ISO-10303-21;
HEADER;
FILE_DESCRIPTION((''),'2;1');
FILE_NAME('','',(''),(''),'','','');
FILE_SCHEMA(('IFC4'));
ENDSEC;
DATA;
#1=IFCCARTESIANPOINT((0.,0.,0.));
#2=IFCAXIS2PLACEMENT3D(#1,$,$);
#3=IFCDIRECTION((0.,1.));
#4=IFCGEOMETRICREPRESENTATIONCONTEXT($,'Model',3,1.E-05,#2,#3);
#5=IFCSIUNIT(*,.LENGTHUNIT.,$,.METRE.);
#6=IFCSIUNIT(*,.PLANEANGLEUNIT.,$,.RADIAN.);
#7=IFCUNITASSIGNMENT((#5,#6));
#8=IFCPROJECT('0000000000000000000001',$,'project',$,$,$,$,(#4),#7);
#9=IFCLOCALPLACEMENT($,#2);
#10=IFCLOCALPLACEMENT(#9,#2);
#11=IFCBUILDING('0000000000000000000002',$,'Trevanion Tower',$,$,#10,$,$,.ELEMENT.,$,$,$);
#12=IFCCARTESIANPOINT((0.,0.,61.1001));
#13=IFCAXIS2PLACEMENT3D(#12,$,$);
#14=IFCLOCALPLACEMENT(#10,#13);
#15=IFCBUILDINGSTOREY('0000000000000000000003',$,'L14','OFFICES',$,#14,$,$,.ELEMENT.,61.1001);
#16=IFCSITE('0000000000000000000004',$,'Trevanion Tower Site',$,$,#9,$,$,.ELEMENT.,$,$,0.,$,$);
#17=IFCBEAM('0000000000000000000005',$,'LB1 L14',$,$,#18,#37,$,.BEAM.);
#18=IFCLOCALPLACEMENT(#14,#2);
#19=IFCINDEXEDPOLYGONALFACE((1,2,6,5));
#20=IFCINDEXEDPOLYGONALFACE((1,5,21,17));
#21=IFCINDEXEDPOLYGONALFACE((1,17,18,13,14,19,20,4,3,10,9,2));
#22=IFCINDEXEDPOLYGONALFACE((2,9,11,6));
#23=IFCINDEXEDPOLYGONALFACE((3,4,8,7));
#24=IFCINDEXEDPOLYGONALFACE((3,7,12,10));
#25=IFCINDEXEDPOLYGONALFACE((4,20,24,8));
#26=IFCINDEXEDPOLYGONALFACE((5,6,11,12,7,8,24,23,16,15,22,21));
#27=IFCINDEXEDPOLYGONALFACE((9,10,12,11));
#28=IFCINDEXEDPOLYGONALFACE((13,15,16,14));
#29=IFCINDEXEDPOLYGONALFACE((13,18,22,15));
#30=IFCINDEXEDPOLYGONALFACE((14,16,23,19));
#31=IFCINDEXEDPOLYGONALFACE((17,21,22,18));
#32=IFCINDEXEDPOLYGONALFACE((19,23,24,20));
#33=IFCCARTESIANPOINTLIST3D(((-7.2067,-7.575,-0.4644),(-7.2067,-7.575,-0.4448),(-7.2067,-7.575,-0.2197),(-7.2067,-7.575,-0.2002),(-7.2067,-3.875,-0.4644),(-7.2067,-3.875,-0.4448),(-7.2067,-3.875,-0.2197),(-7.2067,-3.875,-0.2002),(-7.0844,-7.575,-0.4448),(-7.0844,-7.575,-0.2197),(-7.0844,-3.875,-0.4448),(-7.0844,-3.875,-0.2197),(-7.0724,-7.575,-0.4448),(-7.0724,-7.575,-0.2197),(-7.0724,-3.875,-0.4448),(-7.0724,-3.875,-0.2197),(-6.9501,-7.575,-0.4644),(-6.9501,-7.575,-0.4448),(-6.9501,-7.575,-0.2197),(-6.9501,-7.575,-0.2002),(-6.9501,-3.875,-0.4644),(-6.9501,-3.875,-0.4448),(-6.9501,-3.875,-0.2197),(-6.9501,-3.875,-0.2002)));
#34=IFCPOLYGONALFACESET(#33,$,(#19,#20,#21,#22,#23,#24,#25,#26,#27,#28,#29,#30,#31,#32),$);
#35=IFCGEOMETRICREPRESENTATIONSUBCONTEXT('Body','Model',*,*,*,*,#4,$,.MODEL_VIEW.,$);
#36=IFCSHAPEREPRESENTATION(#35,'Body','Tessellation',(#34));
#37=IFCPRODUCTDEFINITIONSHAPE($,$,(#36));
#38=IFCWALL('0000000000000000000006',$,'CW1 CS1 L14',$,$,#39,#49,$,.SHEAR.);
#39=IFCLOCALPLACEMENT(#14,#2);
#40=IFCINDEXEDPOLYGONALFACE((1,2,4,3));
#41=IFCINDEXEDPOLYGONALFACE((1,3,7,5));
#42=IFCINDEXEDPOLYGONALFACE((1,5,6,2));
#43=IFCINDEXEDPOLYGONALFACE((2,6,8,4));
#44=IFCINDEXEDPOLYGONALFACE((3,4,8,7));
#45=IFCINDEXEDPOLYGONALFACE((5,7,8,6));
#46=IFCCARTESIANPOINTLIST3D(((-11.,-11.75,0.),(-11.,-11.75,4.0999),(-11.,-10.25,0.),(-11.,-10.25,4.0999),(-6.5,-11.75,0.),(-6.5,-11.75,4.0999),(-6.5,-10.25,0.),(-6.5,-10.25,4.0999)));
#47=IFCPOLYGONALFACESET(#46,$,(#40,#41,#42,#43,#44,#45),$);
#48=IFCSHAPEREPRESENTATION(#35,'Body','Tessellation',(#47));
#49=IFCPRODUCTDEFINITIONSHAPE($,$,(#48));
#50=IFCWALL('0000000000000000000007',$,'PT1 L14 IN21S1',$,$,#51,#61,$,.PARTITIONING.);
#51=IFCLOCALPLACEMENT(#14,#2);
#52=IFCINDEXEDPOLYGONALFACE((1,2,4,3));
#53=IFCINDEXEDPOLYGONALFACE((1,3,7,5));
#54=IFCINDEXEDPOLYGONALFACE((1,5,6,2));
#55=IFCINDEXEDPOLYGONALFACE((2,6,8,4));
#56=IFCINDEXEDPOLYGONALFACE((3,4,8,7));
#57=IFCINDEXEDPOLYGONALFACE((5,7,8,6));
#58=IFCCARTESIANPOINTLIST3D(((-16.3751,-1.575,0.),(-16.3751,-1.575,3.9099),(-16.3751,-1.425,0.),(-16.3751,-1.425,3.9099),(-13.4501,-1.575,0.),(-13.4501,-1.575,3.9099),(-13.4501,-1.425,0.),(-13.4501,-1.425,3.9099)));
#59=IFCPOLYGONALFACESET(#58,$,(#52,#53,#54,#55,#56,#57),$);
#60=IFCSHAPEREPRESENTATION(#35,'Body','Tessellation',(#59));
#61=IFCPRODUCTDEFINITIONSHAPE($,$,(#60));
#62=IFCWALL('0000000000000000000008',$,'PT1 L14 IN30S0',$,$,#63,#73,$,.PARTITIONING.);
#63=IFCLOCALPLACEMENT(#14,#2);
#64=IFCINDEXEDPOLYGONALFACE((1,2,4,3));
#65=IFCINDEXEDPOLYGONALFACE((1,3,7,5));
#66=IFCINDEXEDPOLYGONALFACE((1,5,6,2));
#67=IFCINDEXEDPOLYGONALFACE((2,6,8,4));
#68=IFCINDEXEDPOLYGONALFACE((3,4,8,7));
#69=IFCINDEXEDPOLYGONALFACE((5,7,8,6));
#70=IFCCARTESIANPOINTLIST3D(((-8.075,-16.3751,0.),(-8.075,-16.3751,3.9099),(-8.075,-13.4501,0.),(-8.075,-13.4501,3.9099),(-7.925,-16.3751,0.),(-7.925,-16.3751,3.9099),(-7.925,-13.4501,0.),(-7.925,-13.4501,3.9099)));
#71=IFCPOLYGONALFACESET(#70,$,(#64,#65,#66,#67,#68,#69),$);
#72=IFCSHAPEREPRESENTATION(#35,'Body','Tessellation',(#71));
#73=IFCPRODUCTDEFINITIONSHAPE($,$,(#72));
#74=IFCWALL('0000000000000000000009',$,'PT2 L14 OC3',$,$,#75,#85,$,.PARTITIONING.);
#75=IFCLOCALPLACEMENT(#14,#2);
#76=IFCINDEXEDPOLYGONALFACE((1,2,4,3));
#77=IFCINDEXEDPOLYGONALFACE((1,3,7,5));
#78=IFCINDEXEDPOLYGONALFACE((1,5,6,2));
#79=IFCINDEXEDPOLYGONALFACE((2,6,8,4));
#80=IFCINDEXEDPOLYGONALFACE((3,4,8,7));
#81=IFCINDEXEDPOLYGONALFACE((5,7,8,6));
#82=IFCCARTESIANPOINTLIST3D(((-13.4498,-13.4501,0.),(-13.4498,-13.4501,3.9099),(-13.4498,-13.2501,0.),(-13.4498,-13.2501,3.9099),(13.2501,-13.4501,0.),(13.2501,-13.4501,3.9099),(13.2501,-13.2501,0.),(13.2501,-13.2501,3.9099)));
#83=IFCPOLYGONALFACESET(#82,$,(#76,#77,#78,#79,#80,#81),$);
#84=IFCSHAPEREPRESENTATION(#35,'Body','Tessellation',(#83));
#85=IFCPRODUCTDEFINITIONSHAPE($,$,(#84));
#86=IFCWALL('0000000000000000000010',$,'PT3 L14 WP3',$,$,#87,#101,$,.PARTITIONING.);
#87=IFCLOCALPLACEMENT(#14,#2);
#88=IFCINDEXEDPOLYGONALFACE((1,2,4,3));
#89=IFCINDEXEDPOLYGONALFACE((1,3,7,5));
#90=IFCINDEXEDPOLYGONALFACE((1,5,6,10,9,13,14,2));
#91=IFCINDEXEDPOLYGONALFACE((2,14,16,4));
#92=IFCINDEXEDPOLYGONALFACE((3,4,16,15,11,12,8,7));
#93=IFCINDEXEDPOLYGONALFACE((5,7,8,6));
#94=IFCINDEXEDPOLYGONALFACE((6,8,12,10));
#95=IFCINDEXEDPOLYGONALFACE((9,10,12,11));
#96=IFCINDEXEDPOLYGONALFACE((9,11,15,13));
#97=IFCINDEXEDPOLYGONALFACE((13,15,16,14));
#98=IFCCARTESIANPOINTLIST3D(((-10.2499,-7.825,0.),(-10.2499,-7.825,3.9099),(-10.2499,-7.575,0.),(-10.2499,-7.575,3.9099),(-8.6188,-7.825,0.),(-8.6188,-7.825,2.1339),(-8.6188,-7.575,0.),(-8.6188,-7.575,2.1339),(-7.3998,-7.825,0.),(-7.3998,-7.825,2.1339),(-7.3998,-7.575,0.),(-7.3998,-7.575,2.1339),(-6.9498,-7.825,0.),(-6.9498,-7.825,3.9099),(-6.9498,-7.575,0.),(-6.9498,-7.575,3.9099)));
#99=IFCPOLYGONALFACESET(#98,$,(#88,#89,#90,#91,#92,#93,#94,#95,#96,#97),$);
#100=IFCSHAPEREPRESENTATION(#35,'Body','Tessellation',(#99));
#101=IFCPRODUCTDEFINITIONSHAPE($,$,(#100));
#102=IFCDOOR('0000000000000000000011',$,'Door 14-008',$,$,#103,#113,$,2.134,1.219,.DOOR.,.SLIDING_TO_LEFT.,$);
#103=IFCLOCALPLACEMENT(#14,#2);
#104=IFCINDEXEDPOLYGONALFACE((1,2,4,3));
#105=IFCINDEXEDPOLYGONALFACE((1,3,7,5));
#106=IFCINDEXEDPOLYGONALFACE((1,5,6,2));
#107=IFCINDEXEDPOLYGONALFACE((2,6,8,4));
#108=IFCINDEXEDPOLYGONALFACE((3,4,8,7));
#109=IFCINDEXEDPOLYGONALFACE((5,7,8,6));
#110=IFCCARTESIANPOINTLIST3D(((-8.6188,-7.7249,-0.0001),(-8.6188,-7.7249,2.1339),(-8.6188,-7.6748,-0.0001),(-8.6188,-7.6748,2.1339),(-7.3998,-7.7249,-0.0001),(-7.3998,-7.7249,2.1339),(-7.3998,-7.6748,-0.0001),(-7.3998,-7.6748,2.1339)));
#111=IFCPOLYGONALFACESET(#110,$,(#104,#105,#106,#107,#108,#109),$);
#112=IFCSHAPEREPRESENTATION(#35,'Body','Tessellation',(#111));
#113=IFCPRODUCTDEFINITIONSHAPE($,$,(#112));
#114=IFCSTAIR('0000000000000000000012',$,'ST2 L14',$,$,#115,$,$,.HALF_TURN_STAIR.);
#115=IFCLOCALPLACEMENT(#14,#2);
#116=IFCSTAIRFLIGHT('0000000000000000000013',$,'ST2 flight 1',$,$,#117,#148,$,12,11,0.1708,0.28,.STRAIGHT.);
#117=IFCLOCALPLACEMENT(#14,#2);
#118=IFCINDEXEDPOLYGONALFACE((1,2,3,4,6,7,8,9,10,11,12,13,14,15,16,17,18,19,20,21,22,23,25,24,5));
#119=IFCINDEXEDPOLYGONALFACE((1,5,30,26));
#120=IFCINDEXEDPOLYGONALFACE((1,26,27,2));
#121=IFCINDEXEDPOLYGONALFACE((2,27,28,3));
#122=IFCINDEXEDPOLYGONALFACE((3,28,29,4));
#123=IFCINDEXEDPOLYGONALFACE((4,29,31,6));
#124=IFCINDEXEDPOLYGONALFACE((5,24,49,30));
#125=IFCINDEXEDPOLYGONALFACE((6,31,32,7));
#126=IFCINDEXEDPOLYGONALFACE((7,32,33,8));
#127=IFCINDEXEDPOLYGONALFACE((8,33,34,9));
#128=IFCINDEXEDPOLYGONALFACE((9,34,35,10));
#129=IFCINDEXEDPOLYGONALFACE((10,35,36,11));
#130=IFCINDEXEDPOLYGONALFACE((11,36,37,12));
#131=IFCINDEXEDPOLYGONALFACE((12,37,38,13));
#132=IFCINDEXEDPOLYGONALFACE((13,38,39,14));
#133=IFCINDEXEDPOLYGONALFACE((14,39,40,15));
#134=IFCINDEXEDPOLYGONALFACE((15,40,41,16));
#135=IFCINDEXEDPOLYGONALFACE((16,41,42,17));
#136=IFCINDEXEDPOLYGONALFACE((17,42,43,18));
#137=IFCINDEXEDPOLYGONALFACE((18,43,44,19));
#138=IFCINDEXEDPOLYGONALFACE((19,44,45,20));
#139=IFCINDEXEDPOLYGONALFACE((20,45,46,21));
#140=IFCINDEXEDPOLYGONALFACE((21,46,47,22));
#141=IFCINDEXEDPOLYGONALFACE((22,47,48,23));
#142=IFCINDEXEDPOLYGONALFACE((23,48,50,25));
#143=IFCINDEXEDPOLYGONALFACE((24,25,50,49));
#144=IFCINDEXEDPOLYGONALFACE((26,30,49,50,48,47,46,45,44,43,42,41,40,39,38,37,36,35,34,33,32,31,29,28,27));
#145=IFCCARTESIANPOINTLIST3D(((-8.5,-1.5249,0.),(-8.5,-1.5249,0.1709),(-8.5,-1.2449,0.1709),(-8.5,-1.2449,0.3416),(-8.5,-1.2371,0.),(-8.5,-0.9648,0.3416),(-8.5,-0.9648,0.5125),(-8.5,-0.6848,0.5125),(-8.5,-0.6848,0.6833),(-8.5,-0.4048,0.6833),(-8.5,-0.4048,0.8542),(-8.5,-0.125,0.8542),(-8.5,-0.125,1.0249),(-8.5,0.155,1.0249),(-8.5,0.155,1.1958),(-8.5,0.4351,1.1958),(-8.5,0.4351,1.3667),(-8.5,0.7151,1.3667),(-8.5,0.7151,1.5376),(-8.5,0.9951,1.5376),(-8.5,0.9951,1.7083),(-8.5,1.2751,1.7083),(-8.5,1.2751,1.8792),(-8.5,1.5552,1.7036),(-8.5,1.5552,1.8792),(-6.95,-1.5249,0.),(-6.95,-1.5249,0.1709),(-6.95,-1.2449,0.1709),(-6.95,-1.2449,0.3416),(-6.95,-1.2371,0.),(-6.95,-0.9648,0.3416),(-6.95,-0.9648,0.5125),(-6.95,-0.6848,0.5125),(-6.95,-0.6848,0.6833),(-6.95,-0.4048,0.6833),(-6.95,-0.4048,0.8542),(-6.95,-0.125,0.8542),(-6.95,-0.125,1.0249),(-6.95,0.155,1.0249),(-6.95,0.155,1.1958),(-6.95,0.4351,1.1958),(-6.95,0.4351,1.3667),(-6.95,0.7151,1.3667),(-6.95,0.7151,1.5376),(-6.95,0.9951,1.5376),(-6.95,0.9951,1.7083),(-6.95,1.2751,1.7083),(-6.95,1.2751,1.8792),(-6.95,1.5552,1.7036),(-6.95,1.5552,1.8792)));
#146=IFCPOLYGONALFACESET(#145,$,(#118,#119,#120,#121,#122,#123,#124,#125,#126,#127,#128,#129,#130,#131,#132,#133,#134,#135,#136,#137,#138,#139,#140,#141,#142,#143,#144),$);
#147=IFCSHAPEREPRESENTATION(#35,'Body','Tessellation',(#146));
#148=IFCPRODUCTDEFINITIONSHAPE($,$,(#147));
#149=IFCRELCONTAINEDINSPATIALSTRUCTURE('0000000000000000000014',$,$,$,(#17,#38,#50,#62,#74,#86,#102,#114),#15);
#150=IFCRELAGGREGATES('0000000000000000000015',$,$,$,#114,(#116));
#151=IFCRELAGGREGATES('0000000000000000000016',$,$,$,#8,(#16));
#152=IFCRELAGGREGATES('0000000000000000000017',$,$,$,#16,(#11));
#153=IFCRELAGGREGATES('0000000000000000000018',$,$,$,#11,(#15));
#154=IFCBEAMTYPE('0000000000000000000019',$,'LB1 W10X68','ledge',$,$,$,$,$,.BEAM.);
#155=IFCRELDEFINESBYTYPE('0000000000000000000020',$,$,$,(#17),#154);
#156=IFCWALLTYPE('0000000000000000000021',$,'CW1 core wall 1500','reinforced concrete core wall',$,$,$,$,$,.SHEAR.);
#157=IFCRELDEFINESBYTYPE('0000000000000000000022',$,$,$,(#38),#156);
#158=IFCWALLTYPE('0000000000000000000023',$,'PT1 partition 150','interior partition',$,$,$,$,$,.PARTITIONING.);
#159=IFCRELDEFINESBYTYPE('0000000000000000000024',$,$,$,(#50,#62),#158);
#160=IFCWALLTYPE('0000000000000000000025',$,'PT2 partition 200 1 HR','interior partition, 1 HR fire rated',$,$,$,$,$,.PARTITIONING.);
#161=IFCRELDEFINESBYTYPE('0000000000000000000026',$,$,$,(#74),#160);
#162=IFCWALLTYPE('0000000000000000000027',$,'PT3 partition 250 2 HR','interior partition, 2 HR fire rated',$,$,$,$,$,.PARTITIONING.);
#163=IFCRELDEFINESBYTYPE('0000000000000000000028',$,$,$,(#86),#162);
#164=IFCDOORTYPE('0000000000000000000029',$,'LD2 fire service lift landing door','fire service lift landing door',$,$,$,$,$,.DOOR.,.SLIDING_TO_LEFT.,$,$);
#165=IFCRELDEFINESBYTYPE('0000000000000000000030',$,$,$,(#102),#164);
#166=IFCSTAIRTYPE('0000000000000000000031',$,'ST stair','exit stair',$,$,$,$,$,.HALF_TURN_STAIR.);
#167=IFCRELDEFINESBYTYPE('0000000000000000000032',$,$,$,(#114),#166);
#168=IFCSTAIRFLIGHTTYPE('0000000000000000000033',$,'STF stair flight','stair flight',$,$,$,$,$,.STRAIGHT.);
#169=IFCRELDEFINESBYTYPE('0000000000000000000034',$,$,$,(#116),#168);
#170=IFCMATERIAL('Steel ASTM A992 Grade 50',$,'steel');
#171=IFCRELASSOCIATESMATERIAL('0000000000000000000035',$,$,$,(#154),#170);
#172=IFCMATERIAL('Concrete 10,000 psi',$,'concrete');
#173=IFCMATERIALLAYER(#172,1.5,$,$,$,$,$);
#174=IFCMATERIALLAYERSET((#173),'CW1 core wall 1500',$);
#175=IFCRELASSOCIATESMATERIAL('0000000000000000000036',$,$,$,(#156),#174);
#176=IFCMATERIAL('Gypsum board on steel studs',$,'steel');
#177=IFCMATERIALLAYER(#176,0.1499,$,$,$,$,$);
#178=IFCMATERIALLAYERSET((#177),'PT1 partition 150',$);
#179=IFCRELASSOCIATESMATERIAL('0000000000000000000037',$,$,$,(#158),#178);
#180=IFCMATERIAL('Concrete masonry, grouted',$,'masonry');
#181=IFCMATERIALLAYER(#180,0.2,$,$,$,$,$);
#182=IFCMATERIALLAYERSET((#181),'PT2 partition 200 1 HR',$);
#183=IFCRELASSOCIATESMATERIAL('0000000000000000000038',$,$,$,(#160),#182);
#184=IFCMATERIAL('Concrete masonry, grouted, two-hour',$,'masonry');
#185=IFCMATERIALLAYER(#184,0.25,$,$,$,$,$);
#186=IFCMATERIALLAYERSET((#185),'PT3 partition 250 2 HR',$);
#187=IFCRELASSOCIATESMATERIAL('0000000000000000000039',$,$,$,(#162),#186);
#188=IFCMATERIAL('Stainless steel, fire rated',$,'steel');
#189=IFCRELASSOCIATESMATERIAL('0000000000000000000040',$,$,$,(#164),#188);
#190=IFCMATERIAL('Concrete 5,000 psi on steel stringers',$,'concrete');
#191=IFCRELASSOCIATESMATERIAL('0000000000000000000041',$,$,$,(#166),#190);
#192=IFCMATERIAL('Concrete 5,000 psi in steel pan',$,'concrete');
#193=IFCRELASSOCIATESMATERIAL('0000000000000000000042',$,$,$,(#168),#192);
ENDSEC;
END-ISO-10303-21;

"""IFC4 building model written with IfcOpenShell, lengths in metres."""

from ifc_helpers import new_model, si_unit, direction, frame, frame_2d, origin, origin_2d, place, context, subcontext, project, spatial, polyline, rectangle, i_section, outline, extrude, material, layer, layer_set, material_profile, profile_set, type_object, element, fill, aggregate, save


model = new_model("IFC4")

# Units and contexts
model_context = context("Model", 3, precision=1e-05, world=origin(), true_north=direction((0.0, 1.0)))
body_context = subcontext(model_context, "Body", "Model", "MODEL_VIEW")
ifc_project = project(units=[si_unit("LENGTHUNIT", "METRE"), si_unit("PLANEANGLEUNIT", "RADIAN")], contexts=[model_context])

# Site, building, storey
site_placement = place(None, origin())
site = spatial("IfcSite", under=ifc_project, at=site_placement, Name="Trevanion Tower Site", CompositionType="ELEMENT", RefElevation=0.0)
building_placement = place(site_placement, origin())
building = spatial("IfcBuilding", under=site, at=building_placement, Name="Trevanion Tower", CompositionType="ELEMENT")
storey_placement = place(building_placement, frame((0.0, 0.0, 61.1001)))
storey = spatial("IfcBuildingStorey", under=building, at=storey_placement, Name="L14", Description="OFFICES", CompositionType="ELEMENT", Elevation=61.1001)

# Beam
ifc_material_1 = material(Name="Steel ASTM A992 Grade 50", Category="steel")
ifc_material_profile_1 = material_profile(ifc_material_1, i_section(OverallWidth=0.2566, OverallDepth=0.2642, WebThickness=0.012, FlangeThickness=0.0195, at=origin_2d()), Name="W10X68")
ifc_profile_set_1 = profile_set([ifc_material_profile_1], Name="Steel ASTM A992 Grade 50")
beam_type_1 = type_object("IfcBeamType", Name="LB1 W10X68", Description="ledge", PredefinedType="BEAM", material=ifc_profile_set_1)
for number, where, z_axis, x_axis, name in (
    (1, (-7.0784, -7.575, -0.3323), (0.0, 1.0, 0.0), (-1.0, 0.0, 0.0), "LB1 L14"),
):
    element("IfcBeam", number, at=place(storey_placement, frame(where, z_axis=z_axis, x_axis=x_axis)), inside=storey, type_object=beam_type_1, Name=name, PredefinedType="BEAM", context=body_context, shape_type="SweptSolid", body=[
        extrude(i_section(OverallWidth=0.2566, OverallDepth=0.2642, WebThickness=0.012, FlangeThickness=0.0195, at=origin_2d()), origin(), (0.0, 0.0, 1.0), 3.7),
    ])

# Walls
ifc_material_2 = material(Name="Concrete 10,000 psi", Category="concrete")
ifc_layer_1 = layer(ifc_material_2, 1.5)
ifc_layer_set_1 = layer_set([ifc_layer_1], Name="CW1 core wall 1500")
wall_type_1 = type_object("IfcWallType", Name="CW1 core wall 1500", Description="reinforced concrete core wall", PredefinedType="SHEAR", material=ifc_layer_set_1)
wall_1_placement = place(storey_placement, frame((-11.0, -11.0, 0.0), z_axis=(0.0, 0.0, 1.0), x_axis=(1.0, 0.0, 0.0)))
element("IfcWall", 2, at=wall_1_placement, inside=storey, type_object=wall_type_1, Name="CW1 CS1 L14", PredefinedType="SHEAR", context=body_context, shape_type="SweptSolid", body=[
    extrude(rectangle(XDim=4.5, YDim=1.5, at=frame_2d((2.25, 0.0))), origin(), (0.0, 0.0, 1.0), 4.0999),
])
ifc_material_3 = material(Name="Gypsum board on steel studs", Category="steel")
ifc_layer_2 = layer(ifc_material_3, 0.1499)
ifc_layer_set_2 = layer_set([ifc_layer_2], Name="PT1 partition 150")
wall_type_2 = type_object("IfcWallType", Name="PT1 partition 150", Description="interior partition", PredefinedType="PARTITIONING", material=ifc_layer_set_2)
for number, where, z_axis, x_axis, name in (
    (3, (-16.375, -1.5, 0.0), (0.0, 0.0, 1.0), (1.0, 0.0, 0.0), "PT1 L14 IN21S1"),
    (4, (-8.0, -16.375, 0.0), (0.0, 0.0, 1.0), (0.0, 1.0, 0.0), "PT1 L14 IN30S0"),
):
    element("IfcWall", number, at=place(storey_placement, frame(where, z_axis=z_axis, x_axis=x_axis)), inside=storey, type_object=wall_type_2, Name=name, PredefinedType="PARTITIONING", context=body_context, shape_type="SweptSolid", body=[
        extrude(rectangle(XDim=2.925, YDim=0.1499, at=frame_2d((1.4624, 0.0))), origin(), (0.0, 0.0, 1.0), 3.9099),
    ])
ifc_material_4 = material(Name="Concrete masonry, grouted", Category="masonry")
ifc_layer_3 = layer(ifc_material_4, 0.2)
ifc_layer_set_3 = layer_set([ifc_layer_3], Name="PT2 partition 200 1 HR")
wall_type_3 = type_object("IfcWallType", Name="PT2 partition 200 1 HR", Description="interior partition, 1 HR fire rated", PredefinedType="PARTITIONING", material=ifc_layer_set_3)
wall_2_placement = place(storey_placement, frame((-13.45, -13.3501, 0.0), z_axis=(0.0, 0.0, 1.0), x_axis=(1.0, 0.0, 0.0)))
element("IfcWall", 5, at=wall_2_placement, inside=storey, type_object=wall_type_3, Name="PT2 L14 OC3", PredefinedType="PARTITIONING", context=body_context, shape_type="SweptSolid", body=[
    extrude(rectangle(XDim=26.7, YDim=0.2, at=frame_2d((13.3501, 0.0))), origin(), (0.0, 0.0, 1.0), 3.9099),
])

# Wall, opening, door
ifc_material_5 = material(Name="Concrete masonry, grouted, two-hour", Category="masonry")
ifc_layer_4 = layer(ifc_material_5, 0.25)
ifc_layer_set_4 = layer_set([ifc_layer_4], Name="PT3 partition 250 2 HR")
wall_type_4 = type_object("IfcWallType", Name="PT3 partition 250 2 HR", Description="interior partition, 2 HR fire rated", PredefinedType="PARTITIONING", material=ifc_layer_set_4)
wall_3_placement = place(storey_placement, frame((-6.95, -7.7, 0.0), z_axis=(0.0, 0.0, 1.0), x_axis=(-1.0, 0.0, 0.0)))
wall_3 = element("IfcWall", 6, at=wall_3_placement, inside=storey, type_object=wall_type_4, Name="PT3 L14 WP3", PredefinedType="PARTITIONING", context=body_context, shape_type="SweptSolid", body=[
    extrude(rectangle(XDim=3.3, YDim=0.25, at=frame_2d((1.6499, 0.0))), origin(), (0.0, 0.0, 1.0), 3.9099),
])
opening_placement = place(wall_3_placement, frame((0.45, 0.0, 0.0)))
opening = element("IfcOpeningElement", 7, at=opening_placement, cuts=wall_3, PredefinedType="OPENING", context=body_context, shape_type="SweptSolid", body=[
    extrude(rectangle(XDim=1.219, YDim=2.134, at=frame_2d((0.6094, 1.0669))), frame((0.0, 0.135, 0.0), z_axis=(0.0, -1.0, 0.0), x_axis=(1.0, 0.0, 0.0)), (0.0, 0.0, 1.0), 0.27),
])
ifc_material_6 = material(Name="Stainless steel, fire rated", Category="steel")
door_type = type_object("IfcDoorType", Name="LD2 fire service lift landing door", Description="fire service lift landing door", OperationType="SLIDING_TO_LEFT", PredefinedType="DOOR", material=ifc_material_6)
door_placement = place(opening_placement, origin())
door = element("IfcDoor", 8, at=door_placement, inside=storey, type_object=door_type, Name="Door 14-008", OperationType="SLIDING_TO_LEFT", OverallHeight=2.134, OverallWidth=1.219, PredefinedType="DOOR", context=body_context, shape_type="SweptSolid", body=[
    extrude(rectangle(XDim=1.219, YDim=2.134, at=frame_2d((0.6094, 1.0669))), frame((0.0, 0.0249, 0.0), z_axis=(0.0, -1.0, 0.0), x_axis=(1.0, 0.0, 0.0)), (0.0, 0.0, 1.0), 0.05),
])
fill(opening, door)

# Stair, stair flight
ifc_material_7 = material(Name="Concrete 5,000 psi on steel stringers", Category="concrete")
stair_type = type_object("IfcStairType", Name="ST stair", Description="exit stair", PredefinedType="HALF_TURN_STAIR", material=ifc_material_7)
stair_placement = place(storey_placement, origin())
stair = element("IfcStair", 9, at=stair_placement, inside=storey, type_object=stair_type, Name="ST2 L14", PredefinedType="HALF_TURN_STAIR")
ifc_material_8 = material(Name="Concrete 5,000 psi in steel pan", Category="concrete")
stair_flight_type = type_object("IfcStairFlightType", Name="STF stair flight", Description="stair flight", PredefinedType="STRAIGHT", material=ifc_material_8)
stair_flight_placement = place(storey_placement, frame((-7.7251, -1.5249, 0.0), z_axis=(0.0, 0.0, 1.0), x_axis=(0.0, 1.0, 0.0)))
stair_flight = element("IfcStairFlight", 10, at=stair_flight_placement, type_object=stair_flight_type, Name="ST2 flight 1", NumberOfRisers=12, NumberOfTreads=11, PredefinedType="STRAIGHT", RiserHeight=0.1708, TreadLength=0.28, context=body_context, shape_type="SweptSolid", body=[
    extrude(outline(polyline([(0.0, 0.0), (0.0, 0.1709), (0.28, 0.1709), (0.28, 0.3416), (0.5601, 0.3416), (0.5601, 0.5125), (0.8401, 0.5125), (0.8401, 0.6833), (1.1201, 0.6833), (1.1201, 0.8542), (1.3999, 0.8542), (1.3999, 1.0249), (1.6799, 1.0249), (1.6799, 1.1958), (1.96, 1.1958), (1.96, 1.3667), (2.24, 1.3667), (2.24, 1.5376), (2.52, 1.5376), (2.52, 1.7083), (2.8, 1.7083), (2.8, 1.8792), (3.0801, 1.8792), (3.0801, 2.05), (3.0801, 1.7036), (0.2878, 0.0), (0.0, 0.0)])), frame((0.0, 0.7749, 0.0), z_axis=(0.0, -1.0, 0.0), x_axis=(1.0, 0.0, 0.0)), (0.0, 0.0, 1.0), 1.55),
])
aggregate(stair, [stair_flight])

save(model, "model.ifc")
